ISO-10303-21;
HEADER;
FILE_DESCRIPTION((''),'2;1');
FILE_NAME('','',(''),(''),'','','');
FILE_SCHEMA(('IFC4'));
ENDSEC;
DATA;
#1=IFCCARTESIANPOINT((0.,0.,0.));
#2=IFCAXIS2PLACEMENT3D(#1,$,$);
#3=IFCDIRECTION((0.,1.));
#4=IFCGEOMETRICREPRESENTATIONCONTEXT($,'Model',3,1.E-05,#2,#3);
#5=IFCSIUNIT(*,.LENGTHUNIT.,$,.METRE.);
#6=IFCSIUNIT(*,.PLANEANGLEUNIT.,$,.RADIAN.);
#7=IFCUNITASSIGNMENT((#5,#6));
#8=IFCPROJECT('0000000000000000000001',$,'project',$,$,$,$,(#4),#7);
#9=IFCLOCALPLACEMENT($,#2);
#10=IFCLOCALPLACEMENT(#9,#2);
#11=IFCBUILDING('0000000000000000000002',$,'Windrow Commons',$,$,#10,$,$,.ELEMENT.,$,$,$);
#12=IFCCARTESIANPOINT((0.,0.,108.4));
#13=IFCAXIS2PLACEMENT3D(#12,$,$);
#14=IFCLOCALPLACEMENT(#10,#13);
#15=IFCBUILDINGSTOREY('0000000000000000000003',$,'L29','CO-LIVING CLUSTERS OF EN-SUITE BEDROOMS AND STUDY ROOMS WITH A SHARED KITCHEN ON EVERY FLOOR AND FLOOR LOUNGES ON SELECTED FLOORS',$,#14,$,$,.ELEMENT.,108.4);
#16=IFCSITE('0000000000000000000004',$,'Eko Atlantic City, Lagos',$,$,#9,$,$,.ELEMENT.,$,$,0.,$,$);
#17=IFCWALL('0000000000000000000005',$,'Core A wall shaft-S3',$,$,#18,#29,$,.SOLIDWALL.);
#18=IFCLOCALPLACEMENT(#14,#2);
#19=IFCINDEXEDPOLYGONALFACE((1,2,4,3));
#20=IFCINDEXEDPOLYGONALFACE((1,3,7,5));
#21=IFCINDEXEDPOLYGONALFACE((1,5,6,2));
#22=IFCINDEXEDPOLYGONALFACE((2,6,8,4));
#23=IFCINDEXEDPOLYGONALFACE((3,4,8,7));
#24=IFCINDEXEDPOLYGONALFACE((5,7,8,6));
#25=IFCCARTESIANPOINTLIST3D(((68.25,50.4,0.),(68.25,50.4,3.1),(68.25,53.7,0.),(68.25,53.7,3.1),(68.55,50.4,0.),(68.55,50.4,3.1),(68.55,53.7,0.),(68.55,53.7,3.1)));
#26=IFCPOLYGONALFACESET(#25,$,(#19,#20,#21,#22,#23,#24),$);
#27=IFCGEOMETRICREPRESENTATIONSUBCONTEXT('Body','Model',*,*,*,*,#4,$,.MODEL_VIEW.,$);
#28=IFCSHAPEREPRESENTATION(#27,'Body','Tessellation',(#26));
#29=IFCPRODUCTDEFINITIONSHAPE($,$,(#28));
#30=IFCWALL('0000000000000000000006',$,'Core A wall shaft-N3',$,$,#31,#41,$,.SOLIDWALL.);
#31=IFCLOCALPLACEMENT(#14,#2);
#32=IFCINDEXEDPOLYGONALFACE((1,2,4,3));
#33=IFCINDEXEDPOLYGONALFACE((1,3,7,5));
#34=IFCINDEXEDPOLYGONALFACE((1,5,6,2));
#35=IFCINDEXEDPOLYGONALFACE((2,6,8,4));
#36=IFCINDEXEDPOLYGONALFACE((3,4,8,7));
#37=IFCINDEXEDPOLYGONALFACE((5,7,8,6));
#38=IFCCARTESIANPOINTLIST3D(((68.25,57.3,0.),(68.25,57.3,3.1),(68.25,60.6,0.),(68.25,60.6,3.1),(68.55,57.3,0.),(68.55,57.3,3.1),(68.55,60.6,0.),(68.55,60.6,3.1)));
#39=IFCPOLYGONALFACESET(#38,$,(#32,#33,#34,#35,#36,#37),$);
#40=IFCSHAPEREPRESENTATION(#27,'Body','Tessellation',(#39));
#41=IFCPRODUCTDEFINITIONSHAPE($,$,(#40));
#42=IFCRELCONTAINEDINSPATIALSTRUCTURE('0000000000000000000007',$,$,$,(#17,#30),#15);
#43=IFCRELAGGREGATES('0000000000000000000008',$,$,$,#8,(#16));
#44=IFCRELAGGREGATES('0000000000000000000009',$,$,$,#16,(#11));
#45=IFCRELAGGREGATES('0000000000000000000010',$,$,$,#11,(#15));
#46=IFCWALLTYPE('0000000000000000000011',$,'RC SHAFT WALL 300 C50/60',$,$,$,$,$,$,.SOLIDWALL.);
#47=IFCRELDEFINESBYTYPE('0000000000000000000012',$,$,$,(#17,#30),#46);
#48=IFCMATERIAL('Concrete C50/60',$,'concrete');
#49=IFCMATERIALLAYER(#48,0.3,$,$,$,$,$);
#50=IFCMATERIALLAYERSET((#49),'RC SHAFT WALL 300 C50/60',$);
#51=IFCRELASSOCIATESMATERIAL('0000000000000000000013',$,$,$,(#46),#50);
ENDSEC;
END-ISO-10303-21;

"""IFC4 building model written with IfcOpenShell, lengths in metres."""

from ifc_helpers import new_model, si_unit, direction, frame, frame_2d, origin, place, context, subcontext, project, spatial, rectangle, extrude, material, layer, layer_set, type_object, element, save


model = new_model("IFC4")

# Units and contexts
model_context = context("Model", 3, precision=1e-05, world=origin(), true_north=direction((0.0, 1.0)))
body_context = subcontext(model_context, "Body", "Model", "MODEL_VIEW")
ifc_project = project(units=[si_unit("LENGTHUNIT", "METRE"), si_unit("PLANEANGLEUNIT", "RADIAN")], contexts=[model_context])

# Site, building, storey
site_placement = place(None, origin())
site = spatial("IfcSite", under=ifc_project, at=site_placement, Name="Eko Atlantic City, Lagos", CompositionType="ELEMENT", RefElevation=0.0)
building_placement = place(site_placement, origin())
building = spatial("IfcBuilding", under=site, at=building_placement, Name="Windrow Commons", CompositionType="ELEMENT")
storey_placement = place(building_placement, frame((0.0, 0.0, 108.4)))
storey = spatial("IfcBuildingStorey", under=building, at=storey_placement, Name="L29", Description="CO-LIVING CLUSTERS OF EN-SUITE BEDROOMS AND STUDY ROOMS WITH A SHARED KITCHEN ON EVERY FLOOR AND FLOOR LOUNGES ON SELECTED FLOORS", CompositionType="ELEMENT", Elevation=108.4)

# Walls
ifc_material_1 = material(Name="Concrete C50/60", Category="concrete")
ifc_layer_1 = layer(ifc_material_1, 0.3)
ifc_layer_set_1 = layer_set([ifc_layer_1], Name="RC SHAFT WALL 300 C50/60")
wall_type_1 = type_object("IfcWallType", Name="RC SHAFT WALL 300 C50/60", PredefinedType="SOLIDWALL", material=ifc_layer_set_1)
for number, where, z_axis, x_axis, name in (
    (1, (68.4, 50.4, 0.0), (0.0, 0.0, 1.0), (0.0, 1.0, 0.0), "Core A wall shaft-S3"),
    (2, (68.4, 57.3, 0.0), (0.0, 0.0, 1.0), (0.0, 1.0, 0.0), "Core A wall shaft-N3"),
):
    element("IfcWall", number, at=place(storey_placement, frame(where, z_axis=z_axis, x_axis=x_axis)), inside=storey, type_object=wall_type_1, Name=name, PredefinedType="SOLIDWALL", context=body_context, shape_type="SweptSolid", body=[
        extrude(rectangle(XDim=3.3, YDim=0.3, at=frame_2d((1.65, 0.0))), origin(), (0.0, 0.0, 1.0), 3.1),
    ])

save(model, "model.ifc")
